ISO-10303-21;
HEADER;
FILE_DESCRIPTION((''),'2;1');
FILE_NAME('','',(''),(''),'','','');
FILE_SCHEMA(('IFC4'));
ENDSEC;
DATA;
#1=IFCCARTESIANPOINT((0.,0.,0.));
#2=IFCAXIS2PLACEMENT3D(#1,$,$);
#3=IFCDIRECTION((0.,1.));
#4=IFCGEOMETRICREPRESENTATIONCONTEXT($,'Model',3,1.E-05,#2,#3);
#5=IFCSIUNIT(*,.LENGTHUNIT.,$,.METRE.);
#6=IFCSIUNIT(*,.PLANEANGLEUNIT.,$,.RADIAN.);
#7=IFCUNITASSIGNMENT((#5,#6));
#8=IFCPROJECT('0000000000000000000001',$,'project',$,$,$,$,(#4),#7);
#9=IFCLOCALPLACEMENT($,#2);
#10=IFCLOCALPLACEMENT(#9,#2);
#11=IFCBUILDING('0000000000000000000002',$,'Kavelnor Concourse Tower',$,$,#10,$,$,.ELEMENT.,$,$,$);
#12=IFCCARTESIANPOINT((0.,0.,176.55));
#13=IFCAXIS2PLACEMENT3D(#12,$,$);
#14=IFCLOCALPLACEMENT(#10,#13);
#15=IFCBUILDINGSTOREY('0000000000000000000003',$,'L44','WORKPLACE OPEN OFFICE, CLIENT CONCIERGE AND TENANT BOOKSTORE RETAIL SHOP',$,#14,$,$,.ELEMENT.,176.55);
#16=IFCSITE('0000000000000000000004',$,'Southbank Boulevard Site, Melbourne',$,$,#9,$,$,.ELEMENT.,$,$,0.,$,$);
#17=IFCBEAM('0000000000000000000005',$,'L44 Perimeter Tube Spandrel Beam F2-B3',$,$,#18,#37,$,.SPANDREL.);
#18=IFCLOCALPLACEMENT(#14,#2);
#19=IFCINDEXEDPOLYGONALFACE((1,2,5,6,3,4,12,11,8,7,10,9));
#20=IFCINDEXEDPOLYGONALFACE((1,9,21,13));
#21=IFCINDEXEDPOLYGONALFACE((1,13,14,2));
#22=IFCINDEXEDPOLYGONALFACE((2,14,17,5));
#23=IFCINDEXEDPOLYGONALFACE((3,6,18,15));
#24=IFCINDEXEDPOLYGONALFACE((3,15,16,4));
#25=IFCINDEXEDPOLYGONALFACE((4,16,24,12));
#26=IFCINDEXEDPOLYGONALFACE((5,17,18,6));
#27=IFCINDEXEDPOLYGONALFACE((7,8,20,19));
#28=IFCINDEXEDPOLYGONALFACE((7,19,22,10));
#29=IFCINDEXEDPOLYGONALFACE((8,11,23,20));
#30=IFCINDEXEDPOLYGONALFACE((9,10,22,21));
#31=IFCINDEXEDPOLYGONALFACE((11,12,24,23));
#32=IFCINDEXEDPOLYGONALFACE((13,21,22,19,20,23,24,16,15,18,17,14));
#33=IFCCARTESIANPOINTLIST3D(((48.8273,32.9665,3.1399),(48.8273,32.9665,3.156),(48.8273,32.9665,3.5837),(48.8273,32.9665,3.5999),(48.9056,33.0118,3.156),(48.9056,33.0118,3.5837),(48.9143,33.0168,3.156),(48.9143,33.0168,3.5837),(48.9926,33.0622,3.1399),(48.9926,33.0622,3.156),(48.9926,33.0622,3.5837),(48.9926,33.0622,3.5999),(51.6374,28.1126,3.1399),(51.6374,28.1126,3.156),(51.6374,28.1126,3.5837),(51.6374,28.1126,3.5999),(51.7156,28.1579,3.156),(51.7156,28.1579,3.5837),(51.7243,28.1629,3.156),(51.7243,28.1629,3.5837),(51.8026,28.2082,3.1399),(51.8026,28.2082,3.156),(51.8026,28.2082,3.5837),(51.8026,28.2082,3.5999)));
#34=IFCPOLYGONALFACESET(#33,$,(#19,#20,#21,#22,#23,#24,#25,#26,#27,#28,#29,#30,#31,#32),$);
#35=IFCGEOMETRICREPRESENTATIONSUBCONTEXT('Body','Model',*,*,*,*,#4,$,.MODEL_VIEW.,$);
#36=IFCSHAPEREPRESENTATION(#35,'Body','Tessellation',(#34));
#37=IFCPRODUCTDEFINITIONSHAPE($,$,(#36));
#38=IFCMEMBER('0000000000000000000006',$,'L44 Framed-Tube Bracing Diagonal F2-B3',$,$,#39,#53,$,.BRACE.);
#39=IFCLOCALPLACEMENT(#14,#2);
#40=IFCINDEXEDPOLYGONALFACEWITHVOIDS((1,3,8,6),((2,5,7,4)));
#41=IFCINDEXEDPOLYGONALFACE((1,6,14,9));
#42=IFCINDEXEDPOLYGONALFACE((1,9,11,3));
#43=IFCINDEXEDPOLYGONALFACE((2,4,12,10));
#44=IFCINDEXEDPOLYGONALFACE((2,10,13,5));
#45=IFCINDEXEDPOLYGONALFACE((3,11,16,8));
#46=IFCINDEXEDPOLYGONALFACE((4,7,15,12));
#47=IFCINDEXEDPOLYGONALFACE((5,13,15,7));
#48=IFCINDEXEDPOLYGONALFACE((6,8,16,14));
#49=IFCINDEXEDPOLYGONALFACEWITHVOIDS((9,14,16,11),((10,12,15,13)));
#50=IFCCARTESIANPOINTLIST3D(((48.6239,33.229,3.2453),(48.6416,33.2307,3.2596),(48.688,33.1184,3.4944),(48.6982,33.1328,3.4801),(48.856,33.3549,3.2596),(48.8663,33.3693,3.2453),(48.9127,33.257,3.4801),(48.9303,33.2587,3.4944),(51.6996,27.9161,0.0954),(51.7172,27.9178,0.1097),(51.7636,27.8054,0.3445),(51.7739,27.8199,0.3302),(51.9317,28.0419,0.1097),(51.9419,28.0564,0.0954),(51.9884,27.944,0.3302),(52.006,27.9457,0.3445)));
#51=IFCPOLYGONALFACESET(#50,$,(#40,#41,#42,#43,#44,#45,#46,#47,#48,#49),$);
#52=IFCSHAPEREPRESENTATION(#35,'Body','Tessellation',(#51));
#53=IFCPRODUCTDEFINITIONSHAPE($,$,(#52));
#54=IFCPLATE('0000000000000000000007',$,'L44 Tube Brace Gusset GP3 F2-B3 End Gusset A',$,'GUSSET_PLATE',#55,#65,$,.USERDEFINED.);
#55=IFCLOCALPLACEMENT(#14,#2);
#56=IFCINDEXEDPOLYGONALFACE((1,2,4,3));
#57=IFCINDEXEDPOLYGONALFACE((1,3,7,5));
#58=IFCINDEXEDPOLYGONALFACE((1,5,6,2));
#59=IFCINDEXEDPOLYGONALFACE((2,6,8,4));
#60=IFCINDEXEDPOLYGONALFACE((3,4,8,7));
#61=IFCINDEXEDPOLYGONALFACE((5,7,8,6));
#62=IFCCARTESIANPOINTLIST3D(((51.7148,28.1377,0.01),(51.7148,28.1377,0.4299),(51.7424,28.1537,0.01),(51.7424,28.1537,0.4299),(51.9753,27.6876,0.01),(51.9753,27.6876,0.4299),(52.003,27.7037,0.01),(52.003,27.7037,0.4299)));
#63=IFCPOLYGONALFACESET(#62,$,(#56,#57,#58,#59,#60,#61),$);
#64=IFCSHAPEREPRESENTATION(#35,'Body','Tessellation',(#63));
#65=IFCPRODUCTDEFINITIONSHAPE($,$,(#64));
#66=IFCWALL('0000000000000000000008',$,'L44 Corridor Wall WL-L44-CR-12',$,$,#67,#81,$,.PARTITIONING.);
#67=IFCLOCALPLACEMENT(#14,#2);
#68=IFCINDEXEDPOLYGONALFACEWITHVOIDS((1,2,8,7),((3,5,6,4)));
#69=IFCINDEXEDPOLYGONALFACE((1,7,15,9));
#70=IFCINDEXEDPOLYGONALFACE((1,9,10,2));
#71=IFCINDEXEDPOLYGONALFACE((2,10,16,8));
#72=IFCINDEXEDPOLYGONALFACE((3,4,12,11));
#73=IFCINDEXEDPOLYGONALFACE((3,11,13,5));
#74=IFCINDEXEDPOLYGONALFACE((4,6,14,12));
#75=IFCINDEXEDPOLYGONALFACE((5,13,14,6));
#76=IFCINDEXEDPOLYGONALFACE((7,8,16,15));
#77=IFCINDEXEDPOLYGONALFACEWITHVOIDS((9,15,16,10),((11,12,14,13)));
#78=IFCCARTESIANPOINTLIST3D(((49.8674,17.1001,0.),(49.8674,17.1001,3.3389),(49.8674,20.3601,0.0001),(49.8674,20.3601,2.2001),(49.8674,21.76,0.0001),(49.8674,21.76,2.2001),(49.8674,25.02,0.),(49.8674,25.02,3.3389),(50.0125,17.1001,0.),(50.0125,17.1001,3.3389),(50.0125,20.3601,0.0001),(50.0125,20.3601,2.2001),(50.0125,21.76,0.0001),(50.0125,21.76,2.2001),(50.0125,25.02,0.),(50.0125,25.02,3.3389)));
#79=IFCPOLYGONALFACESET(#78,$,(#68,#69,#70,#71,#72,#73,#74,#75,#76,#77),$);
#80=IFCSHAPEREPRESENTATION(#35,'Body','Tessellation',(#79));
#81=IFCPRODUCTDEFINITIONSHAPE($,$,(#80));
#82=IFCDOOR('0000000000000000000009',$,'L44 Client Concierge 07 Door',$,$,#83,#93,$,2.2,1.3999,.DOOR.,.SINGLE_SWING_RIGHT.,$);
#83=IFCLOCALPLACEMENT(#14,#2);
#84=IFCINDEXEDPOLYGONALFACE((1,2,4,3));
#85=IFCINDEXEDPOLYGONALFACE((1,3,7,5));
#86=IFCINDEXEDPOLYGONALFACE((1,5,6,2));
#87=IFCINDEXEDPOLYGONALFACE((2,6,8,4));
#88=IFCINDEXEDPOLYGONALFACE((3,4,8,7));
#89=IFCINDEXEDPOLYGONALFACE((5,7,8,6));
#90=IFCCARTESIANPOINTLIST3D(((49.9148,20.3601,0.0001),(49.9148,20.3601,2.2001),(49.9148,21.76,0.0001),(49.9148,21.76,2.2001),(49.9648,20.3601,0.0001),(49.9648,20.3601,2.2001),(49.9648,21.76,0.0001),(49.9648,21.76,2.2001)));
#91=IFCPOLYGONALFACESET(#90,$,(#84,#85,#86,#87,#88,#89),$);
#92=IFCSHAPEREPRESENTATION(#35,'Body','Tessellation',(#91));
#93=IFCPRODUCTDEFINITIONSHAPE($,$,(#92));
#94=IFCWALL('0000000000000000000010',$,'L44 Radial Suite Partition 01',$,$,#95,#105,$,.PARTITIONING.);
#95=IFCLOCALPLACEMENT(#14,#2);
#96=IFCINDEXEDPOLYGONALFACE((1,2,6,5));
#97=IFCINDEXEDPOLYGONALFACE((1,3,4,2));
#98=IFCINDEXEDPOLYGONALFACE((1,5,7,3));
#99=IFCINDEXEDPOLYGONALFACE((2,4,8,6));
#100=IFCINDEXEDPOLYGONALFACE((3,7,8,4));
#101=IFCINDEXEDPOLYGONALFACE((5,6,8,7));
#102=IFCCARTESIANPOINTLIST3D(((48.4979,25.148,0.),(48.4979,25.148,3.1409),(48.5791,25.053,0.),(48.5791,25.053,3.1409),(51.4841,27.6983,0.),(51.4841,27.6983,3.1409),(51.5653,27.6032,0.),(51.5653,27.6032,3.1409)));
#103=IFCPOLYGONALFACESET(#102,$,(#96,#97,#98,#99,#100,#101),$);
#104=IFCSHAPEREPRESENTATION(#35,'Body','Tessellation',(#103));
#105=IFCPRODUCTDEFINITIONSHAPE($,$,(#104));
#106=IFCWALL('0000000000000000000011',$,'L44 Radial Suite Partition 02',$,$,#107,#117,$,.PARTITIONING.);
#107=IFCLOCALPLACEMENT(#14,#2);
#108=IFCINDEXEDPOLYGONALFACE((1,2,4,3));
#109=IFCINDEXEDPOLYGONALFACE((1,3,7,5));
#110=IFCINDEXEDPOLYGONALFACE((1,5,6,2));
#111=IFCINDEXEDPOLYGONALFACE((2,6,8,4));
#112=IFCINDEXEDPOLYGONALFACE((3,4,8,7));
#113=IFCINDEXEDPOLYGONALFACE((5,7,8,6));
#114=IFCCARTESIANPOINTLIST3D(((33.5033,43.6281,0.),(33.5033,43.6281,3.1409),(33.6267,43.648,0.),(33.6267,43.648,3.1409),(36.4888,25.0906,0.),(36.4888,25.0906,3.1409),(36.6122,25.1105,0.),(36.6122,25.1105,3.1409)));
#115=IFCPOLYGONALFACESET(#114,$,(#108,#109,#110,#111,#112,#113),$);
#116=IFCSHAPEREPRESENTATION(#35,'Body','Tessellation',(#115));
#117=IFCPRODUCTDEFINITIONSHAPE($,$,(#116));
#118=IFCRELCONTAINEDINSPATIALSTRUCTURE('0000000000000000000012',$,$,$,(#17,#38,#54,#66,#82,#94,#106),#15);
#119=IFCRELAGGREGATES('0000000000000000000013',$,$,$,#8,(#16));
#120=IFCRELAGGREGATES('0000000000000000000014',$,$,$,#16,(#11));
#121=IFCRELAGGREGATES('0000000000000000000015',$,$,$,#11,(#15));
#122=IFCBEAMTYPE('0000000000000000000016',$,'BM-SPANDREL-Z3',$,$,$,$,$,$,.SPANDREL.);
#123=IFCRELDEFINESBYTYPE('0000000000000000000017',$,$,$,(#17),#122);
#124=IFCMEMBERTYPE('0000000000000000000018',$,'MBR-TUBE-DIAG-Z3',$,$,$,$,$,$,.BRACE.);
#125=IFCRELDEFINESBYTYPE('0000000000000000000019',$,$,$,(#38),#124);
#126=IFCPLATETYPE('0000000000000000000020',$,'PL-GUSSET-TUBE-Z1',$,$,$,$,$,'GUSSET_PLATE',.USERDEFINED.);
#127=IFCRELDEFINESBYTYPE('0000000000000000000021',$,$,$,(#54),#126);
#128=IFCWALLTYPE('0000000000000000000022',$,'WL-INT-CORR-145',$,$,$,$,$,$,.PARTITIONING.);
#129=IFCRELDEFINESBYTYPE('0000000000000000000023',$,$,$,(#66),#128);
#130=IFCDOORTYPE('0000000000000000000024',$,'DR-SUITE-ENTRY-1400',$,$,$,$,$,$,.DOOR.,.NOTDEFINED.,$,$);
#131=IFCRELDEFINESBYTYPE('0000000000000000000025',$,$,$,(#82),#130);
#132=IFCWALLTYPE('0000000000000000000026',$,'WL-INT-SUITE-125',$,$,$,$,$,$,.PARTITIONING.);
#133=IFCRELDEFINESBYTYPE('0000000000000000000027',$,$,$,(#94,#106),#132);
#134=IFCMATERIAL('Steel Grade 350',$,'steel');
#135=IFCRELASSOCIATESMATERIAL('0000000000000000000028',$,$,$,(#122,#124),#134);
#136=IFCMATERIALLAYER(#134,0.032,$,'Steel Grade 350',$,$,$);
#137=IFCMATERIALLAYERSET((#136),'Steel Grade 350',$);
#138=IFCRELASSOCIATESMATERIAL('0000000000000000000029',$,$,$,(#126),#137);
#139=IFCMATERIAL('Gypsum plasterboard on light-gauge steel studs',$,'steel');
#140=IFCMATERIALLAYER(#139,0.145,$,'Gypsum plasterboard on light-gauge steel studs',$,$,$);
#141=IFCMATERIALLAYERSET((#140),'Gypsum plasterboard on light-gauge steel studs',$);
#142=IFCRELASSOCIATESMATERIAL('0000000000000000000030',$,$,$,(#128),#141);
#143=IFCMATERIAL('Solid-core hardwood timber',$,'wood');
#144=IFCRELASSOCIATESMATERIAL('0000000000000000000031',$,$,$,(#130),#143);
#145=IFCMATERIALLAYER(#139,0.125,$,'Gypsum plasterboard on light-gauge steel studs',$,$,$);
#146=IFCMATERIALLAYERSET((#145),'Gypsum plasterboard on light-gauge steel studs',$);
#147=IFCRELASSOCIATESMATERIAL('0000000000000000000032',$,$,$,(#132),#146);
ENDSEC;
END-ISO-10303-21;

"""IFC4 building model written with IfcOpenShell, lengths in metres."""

from ifc_helpers import new_model, si_unit, direction, frame, frame_2d, origin, origin_2d, place, context, subcontext, project, spatial, rectangle, hollow_rectangle, i_section, extrude, material, layer, layer_set, material_profile, profile_set, type_object, element, fill, save


model = new_model("IFC4")

# Units and contexts
model_context = context("Model", 3, precision=1e-05, world=origin(), true_north=direction((0.0, 1.0)))
body_context = subcontext(model_context, "Body", "Model", "MODEL_VIEW")
ifc_project = project(units=[si_unit("LENGTHUNIT", "METRE"), si_unit("PLANEANGLEUNIT", "RADIAN")], contexts=[model_context])

# Site, building, storey
site_placement = place(None, origin())
site = spatial("IfcSite", under=ifc_project, at=site_placement, Name="Southbank Boulevard Site, Melbourne", CompositionType="ELEMENT", RefElevation=0.0)
building_placement = place(site_placement, origin())
building = spatial("IfcBuilding", under=site, at=building_placement, Name="Kavelnor Concourse Tower", CompositionType="ELEMENT")
storey_placement = place(building_placement, frame((0.0, 0.0, 176.55)))
storey = spatial("IfcBuildingStorey", under=building, at=storey_placement, Name="L44", Description="WORKPLACE OPEN OFFICE, CLIENT CONCIERGE AND TENANT BOOKSTORE RETAIL SHOP", CompositionType="ELEMENT", Elevation=176.55)

# Shared definitions
ifc_material_1 = material(Name="Steel Grade 350", Category="steel")

# Beam
ifc_material_profile_1 = material_profile(ifc_material_1, i_section(OverallWidth=0.1909, OverallDepth=0.46, WebThickness=0.01, FlangeThickness=0.0161, at=origin_2d()), Name="460UB82")
ifc_profile_set_1 = profile_set([ifc_material_profile_1], Name="Steel Grade 350")
beam_type_1 = type_object("IfcBeamType", Name="BM-SPANDREL-Z3", PredefinedType="SPANDREL", material=ifc_profile_set_1)
beam_1_placement = place(storey_placement, frame((51.72, 28.1604, 3.3699), z_axis=(-0.501016, 0.865438, 0.0), x_axis=(-0.865438, -0.501016, 0.0)))
element("IfcBeam", 1, at=beam_1_placement, inside=storey, type_object=beam_type_1, Name="L44 Perimeter Tube Spandrel Beam F2-B3", PredefinedType="SPANDREL", context=body_context, shape_type="SweptSolid", body=[
    extrude(i_section(OverallWidth=0.1909, OverallDepth=0.46, WebThickness=0.01, FlangeThickness=0.0161, at=origin_2d()), origin(), (0.0, 0.0, 1.0), 5.6086),
])

# Member
ifc_material_profile_2 = material_profile(ifc_material_1, hollow_rectangle(XDim=0.28, YDim=0.28, WallThickness=0.0161, at=origin_2d()), Name="SHS 280x280x16")
ifc_profile_set_2 = profile_set([ifc_material_profile_2], Name="Steel Grade 350")
member_type = type_object("IfcMemberType", Name="MBR-TUBE-DIAG-Z3", PredefinedType="BRACE", material=ifc_profile_set_2)
member_placement = place(storey_placement, frame((51.8528, 27.9309, 0.22), z_axis=(-0.445753, 0.770002, 0.45651), x_axis=(-0.865444, -0.501005, 0.0)))
element("IfcMember", 2, at=member_placement, inside=storey, type_object=member_type, Name="L44 Framed-Tube Bracing Diagonal F2-B3", PredefinedType="BRACE", context=body_context, shape_type="SweptSolid", body=[
    extrude(hollow_rectangle(XDim=0.28, YDim=0.28, WallThickness=0.0161, at=origin_2d()), origin(), (0.0, 0.0, 1.0), 6.8999),
])

# Plate
ifc_layer_1 = layer(ifc_material_1, 0.032, Name="Steel Grade 350")
ifc_layer_set_1 = layer_set([ifc_layer_1], Name="Steel Grade 350")
plate_type = type_object("IfcPlateType", Name="PL-GUSSET-TUBE-Z1", ElementType="GUSSET_PLATE", PredefinedType="USERDEFINED", material=ifc_layer_set_1)
plate_placement = place(storey_placement, frame((51.8589, 27.9207, 0.01), z_axis=(0.0, 0.0, 1.0), x_axis=(-0.501058, 0.865414, 0.0)))
element("IfcPlate", 3, at=plate_placement, inside=storey, type_object=plate_type, Name="L44 Tube Brace Gusset GP3 F2-B3 End Gusset A", ObjectType="GUSSET_PLATE", PredefinedType="USERDEFINED", context=body_context, shape_type="SweptSolid", body=[
    extrude(rectangle(XDim=0.52, YDim=0.032, at=origin_2d()), origin(), (0.0, 0.0, 1.0), 0.4199),
])

# Wall, opening, door
ifc_material_2 = material(Name="Gypsum plasterboard on light-gauge steel studs", Category="steel")
ifc_layer_2 = layer(ifc_material_2, 0.145, Name="Gypsum plasterboard on light-gauge steel studs")
ifc_layer_set_2 = layer_set([ifc_layer_2], Name="Gypsum plasterboard on light-gauge steel studs")
wall_type_1 = type_object("IfcWallType", Name="WL-INT-CORR-145", PredefinedType="PARTITIONING", material=ifc_layer_set_2)
wall_1_placement = place(storey_placement, frame((49.9399, 25.02, 0.0), z_axis=(0.0, 0.0, 1.0), x_axis=(0.0, -1.0, 0.0)))
wall_1 = element("IfcWall", 4, at=wall_1_placement, inside=storey, type_object=wall_type_1, Name="L44 Corridor Wall WL-L44-CR-12", PredefinedType="PARTITIONING", context=body_context, shape_type="SweptSolid", body=[
    extrude(rectangle(XDim=7.9199, YDim=0.145, at=frame_2d((3.96, 0.0))), origin(), (0.0, 0.0, 1.0), 3.3389),
])
opening_placement = place(wall_1_placement, frame((3.26, 0.0, 0.0)))
opening = element("IfcOpeningElement", 5, at=opening_placement, cuts=wall_1, PredefinedType="OPENING", context=body_context, shape_type="SweptSolid", body=[
    extrude(rectangle(XDim=1.3999, YDim=2.2, at=frame_2d((0.7, 1.1001))), frame((0.0, 0.0825, 0.0), z_axis=(0.0, -1.0, 0.0), x_axis=(1.0, 0.0, 0.0)), (0.0, 0.0, 1.0), 0.165),
])
ifc_material_3 = material(Name="Solid-core hardwood timber", Category="wood")
door_type = type_object("IfcDoorType", Name="DR-SUITE-ENTRY-1400", OperationType="NOTDEFINED", PredefinedType="DOOR", material=ifc_material_3)
door_placement = place(opening_placement, origin())
door = element("IfcDoor", 6, at=door_placement, inside=storey, type_object=door_type, Name="L44 Client Concierge 07 Door", OperationType="SINGLE_SWING_RIGHT", OverallHeight=2.2, OverallWidth=1.3999, PredefinedType="DOOR", context=body_context, shape_type="SweptSolid", body=[
    extrude(rectangle(XDim=1.3999, YDim=2.2, at=frame_2d((0.7, 1.1001))), frame((0.0, 0.0249, 0.0), z_axis=(0.0, -1.0, 0.0), x_axis=(1.0, 0.0, 0.0)), (0.0, 0.0, 1.0), 0.05),
])
fill(opening, door)

# Walls
ifc_layer_3 = layer(ifc_material_2, 0.125, Name="Gypsum plasterboard on light-gauge steel studs")
ifc_layer_set_3 = layer_set([ifc_layer_3], Name="Gypsum plasterboard on light-gauge steel studs")
wall_type_2 = type_object("IfcWallType", Name="WL-INT-SUITE-125", PredefinedType="PARTITIONING", material=ifc_layer_set_3)
wall_2_placement = place(storey_placement, frame((48.5386, 25.1006, 0.0), z_axis=(0.0, 0.0, 1.0), x_axis=(0.76044, 0.649408, 0.0)))
element("IfcWall", 7, at=wall_2_placement, inside=storey, type_object=wall_type_2, Name="L44 Radial Suite Partition 01", PredefinedType="PARTITIONING", context=body_context, shape_type="SweptSolid", body=[
    extrude(rectangle(XDim=3.927, YDim=0.125, at=frame_2d((1.9634, 0.0))), origin(), (0.0, 0.0, 1.0), 3.1409),
])
wall_3_placement = place(storey_placement, frame((36.5505, 25.1006, 0.0), z_axis=(0.0, 0.0, 1.0), x_axis=(-0.159007, 0.987277, 0.0)))
element("IfcWall", 8, at=wall_3_placement, inside=storey, type_object=wall_type_2, Name="L44 Radial Suite Partition 02", PredefinedType="PARTITIONING", context=body_context, shape_type="SweptSolid", body=[
    extrude(rectangle(XDim=18.7764, YDim=0.125, at=frame_2d((9.3882, 0.0))), origin(), (0.0, 0.0, 1.0), 3.1409),
])

save(model, "model.ifc")
